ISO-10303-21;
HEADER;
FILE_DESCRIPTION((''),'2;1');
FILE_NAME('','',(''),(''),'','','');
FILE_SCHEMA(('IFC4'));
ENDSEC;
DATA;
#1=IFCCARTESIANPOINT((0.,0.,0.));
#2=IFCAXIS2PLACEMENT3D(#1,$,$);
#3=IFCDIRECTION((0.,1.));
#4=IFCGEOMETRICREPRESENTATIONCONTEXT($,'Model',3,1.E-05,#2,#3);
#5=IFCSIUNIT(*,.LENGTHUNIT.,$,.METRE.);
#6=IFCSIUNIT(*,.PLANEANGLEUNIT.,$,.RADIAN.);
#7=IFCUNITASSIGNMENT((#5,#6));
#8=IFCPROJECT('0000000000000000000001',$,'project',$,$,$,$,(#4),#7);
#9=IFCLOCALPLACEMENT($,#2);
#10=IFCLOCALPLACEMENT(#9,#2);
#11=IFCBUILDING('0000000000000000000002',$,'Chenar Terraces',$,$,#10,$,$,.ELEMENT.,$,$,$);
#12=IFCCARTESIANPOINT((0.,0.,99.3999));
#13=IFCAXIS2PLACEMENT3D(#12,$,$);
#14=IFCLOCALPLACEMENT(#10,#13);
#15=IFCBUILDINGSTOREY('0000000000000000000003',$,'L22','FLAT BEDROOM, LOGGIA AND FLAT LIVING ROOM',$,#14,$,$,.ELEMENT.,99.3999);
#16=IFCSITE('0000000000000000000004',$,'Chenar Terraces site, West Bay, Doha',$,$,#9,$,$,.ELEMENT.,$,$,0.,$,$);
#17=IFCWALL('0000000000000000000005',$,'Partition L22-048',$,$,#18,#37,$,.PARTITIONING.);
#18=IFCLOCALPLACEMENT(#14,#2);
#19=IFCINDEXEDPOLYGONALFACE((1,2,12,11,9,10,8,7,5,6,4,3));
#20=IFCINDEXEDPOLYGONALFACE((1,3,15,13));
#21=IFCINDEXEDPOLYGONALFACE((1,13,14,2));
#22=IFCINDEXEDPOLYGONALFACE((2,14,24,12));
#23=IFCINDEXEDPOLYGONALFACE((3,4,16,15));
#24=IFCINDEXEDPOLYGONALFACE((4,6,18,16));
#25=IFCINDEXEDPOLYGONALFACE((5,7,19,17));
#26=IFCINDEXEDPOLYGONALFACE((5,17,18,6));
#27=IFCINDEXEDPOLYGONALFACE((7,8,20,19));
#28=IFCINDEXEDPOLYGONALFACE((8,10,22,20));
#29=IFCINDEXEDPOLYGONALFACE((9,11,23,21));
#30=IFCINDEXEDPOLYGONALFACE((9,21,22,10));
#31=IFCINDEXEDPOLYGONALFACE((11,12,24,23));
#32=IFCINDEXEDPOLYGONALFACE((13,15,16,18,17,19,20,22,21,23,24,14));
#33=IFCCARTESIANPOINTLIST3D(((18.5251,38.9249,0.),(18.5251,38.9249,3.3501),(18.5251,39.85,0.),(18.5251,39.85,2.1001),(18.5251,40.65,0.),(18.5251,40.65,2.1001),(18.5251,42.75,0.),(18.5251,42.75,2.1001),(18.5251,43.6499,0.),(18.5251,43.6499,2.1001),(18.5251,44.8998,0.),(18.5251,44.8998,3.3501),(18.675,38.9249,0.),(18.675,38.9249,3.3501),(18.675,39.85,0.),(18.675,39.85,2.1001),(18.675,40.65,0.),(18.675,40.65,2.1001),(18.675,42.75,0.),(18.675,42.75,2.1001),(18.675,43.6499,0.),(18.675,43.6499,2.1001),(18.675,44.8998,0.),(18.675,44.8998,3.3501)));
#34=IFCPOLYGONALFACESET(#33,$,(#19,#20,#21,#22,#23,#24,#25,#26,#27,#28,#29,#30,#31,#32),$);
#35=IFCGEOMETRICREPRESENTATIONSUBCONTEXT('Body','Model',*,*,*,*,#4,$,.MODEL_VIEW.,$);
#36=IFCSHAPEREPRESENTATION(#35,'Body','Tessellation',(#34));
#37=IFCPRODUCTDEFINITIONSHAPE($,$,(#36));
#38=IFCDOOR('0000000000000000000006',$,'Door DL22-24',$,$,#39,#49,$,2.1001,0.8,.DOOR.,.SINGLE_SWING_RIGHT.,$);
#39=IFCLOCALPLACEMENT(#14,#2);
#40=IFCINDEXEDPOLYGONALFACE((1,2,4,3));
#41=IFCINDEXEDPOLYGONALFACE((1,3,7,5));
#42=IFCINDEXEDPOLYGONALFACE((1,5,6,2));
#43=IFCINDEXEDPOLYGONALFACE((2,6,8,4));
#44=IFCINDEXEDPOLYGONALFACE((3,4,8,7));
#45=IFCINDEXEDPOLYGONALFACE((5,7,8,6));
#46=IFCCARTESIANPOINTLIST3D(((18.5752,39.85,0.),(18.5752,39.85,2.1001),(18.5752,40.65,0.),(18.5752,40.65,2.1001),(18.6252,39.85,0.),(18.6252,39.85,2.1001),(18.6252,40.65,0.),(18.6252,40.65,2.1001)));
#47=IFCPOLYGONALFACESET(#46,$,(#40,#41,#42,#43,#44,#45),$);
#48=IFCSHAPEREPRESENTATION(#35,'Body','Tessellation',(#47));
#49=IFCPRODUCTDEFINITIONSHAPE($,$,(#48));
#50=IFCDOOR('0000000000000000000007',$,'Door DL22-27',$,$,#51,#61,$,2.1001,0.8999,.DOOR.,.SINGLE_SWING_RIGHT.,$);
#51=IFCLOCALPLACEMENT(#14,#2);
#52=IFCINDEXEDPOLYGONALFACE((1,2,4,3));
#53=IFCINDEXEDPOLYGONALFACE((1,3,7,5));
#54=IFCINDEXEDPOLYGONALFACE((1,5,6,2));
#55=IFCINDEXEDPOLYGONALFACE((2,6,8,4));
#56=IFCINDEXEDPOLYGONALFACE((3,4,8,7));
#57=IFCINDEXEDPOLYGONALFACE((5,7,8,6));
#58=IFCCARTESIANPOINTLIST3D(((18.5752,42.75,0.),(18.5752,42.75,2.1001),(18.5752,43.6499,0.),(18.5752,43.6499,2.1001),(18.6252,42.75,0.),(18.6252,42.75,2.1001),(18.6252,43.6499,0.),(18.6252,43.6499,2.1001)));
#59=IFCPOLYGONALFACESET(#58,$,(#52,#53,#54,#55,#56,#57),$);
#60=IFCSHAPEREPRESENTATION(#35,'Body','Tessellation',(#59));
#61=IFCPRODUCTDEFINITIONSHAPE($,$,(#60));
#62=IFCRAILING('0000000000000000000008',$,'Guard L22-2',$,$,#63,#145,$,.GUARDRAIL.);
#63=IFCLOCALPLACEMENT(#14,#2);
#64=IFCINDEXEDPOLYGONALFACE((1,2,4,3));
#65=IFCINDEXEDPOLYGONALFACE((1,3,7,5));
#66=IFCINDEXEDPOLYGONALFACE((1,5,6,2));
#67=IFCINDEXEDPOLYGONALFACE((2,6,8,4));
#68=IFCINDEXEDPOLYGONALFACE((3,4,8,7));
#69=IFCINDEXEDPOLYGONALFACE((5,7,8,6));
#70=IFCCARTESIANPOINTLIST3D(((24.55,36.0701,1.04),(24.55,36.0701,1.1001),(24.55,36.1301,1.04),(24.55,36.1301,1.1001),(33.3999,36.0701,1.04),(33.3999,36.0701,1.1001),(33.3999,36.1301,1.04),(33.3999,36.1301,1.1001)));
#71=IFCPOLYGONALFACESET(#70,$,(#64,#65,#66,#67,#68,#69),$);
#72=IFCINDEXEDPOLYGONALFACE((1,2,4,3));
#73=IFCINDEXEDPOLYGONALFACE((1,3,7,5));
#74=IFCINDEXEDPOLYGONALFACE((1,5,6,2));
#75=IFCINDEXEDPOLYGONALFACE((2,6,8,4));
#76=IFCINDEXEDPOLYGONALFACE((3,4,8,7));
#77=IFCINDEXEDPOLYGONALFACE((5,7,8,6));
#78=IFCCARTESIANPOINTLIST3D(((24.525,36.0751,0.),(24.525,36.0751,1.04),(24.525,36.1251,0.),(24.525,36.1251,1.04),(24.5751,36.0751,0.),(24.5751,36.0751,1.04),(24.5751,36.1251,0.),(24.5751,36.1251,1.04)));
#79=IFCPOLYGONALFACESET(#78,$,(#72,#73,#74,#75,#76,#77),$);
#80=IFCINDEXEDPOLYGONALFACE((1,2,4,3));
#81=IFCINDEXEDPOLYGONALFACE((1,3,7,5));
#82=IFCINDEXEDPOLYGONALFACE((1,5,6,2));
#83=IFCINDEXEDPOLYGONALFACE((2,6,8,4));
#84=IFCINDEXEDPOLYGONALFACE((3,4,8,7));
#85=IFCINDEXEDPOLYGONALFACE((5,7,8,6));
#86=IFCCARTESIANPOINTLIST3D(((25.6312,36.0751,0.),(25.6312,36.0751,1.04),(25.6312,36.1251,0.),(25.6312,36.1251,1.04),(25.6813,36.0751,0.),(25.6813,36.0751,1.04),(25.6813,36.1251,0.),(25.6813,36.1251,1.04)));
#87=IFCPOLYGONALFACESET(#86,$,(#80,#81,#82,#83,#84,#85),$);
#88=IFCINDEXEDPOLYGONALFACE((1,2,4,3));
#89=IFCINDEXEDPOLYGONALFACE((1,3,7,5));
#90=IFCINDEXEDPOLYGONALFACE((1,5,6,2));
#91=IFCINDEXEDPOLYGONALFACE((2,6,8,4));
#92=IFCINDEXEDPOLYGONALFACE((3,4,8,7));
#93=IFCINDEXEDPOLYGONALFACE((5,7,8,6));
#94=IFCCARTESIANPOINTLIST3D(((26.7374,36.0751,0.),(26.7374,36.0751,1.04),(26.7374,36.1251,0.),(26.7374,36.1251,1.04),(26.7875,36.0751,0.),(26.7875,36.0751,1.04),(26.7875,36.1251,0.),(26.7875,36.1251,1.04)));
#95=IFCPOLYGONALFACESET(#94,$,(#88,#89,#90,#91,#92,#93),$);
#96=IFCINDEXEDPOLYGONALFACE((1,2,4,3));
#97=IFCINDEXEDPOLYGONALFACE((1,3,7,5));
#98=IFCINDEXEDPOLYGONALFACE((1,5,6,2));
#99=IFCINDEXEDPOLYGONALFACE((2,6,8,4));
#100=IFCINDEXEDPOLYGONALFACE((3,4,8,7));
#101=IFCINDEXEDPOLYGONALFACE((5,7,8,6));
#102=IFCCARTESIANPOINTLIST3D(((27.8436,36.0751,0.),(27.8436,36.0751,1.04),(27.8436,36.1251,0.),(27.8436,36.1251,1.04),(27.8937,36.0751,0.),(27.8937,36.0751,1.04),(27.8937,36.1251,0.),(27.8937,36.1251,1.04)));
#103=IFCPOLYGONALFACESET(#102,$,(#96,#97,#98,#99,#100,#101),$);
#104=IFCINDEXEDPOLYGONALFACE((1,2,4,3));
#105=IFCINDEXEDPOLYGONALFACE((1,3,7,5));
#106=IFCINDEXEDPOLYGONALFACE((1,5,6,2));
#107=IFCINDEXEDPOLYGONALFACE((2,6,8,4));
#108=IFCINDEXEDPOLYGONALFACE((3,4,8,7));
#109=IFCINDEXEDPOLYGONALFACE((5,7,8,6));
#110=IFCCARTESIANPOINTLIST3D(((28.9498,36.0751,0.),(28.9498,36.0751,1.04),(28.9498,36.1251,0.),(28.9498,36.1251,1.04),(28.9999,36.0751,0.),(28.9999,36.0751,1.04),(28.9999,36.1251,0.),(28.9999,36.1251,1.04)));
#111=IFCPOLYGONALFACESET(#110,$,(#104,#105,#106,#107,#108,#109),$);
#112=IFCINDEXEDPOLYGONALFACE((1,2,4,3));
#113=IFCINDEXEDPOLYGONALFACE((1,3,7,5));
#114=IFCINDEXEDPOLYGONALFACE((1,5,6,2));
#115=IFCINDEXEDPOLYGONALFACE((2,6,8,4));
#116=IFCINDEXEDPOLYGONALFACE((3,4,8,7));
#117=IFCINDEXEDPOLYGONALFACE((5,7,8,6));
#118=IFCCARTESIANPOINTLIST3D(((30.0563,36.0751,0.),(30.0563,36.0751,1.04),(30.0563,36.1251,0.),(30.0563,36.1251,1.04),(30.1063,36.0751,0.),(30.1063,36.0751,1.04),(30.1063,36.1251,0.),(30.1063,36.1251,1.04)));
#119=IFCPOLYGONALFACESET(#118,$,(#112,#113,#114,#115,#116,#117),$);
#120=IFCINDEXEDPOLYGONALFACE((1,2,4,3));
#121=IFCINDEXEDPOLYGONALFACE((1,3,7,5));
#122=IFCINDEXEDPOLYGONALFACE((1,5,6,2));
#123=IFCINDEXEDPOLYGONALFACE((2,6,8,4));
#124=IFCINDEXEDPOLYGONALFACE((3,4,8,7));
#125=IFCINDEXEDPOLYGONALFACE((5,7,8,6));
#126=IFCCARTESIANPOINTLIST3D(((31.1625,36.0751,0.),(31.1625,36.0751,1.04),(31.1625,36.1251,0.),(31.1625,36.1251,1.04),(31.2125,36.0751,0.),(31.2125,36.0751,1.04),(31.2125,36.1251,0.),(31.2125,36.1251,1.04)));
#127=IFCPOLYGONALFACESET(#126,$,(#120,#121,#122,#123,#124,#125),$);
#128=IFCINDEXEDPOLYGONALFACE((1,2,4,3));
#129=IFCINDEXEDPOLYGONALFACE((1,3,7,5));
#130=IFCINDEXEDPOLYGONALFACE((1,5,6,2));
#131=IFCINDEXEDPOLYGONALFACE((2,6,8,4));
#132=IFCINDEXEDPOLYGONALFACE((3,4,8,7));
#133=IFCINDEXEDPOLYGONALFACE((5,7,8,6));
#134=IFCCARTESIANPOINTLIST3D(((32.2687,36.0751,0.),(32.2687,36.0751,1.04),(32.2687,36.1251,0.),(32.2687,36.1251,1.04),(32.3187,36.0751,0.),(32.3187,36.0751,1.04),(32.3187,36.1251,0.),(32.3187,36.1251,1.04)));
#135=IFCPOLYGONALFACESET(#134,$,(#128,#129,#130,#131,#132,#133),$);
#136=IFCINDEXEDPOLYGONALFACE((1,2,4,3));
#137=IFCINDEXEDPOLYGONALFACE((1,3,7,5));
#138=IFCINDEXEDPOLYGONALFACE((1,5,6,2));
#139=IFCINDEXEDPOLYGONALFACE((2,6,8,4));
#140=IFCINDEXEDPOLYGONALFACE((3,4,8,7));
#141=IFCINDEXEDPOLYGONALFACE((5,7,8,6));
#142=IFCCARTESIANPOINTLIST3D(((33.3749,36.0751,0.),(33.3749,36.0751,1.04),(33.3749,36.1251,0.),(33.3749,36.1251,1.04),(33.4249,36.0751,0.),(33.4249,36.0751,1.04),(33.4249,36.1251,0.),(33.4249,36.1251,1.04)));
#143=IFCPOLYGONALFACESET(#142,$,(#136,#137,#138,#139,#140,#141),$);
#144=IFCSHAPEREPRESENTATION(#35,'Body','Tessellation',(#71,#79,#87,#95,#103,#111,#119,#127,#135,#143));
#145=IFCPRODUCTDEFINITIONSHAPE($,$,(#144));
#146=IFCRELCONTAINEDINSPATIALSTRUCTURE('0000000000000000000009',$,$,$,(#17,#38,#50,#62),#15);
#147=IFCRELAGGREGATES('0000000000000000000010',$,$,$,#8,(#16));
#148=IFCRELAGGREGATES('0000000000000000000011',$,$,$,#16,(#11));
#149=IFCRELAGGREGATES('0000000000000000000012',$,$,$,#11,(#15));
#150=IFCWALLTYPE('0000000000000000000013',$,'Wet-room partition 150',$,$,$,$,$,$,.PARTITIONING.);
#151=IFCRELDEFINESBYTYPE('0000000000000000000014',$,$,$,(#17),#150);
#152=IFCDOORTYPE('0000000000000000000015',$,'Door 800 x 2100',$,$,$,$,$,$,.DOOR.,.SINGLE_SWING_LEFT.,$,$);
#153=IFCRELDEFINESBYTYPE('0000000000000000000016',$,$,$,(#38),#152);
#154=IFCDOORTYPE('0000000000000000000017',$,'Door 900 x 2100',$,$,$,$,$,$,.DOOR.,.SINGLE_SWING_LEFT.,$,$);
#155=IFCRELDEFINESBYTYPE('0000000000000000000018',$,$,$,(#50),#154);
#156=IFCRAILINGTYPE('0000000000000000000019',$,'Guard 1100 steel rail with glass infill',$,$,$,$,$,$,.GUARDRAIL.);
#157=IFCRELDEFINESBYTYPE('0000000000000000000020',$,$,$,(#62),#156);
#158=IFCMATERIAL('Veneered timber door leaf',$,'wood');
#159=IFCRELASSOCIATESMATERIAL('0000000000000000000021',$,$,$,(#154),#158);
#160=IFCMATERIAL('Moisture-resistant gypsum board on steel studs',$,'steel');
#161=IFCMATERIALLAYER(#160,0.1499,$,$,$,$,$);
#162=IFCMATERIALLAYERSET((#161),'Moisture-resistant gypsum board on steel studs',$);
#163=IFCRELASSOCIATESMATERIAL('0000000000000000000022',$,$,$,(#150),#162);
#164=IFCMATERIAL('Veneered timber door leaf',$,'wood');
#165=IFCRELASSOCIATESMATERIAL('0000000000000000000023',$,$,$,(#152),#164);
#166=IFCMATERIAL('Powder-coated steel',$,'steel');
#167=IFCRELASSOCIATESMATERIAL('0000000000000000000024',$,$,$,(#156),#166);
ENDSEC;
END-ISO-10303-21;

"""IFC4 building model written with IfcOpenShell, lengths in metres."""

from ifc_helpers import new_model, si_unit, direction, frame, frame_2d, origin, origin_2d, place, context, subcontext, project, spatial, rectangle, extrude, material, layer, layer_set, type_object, element, fill, save


model = new_model("IFC4")

# Units and contexts
model_context = context("Model", 3, precision=1e-05, world=origin(), true_north=direction((0.0, 1.0)))
body_context = subcontext(model_context, "Body", "Model", "MODEL_VIEW")
ifc_project = project(units=[si_unit("LENGTHUNIT", "METRE"), si_unit("PLANEANGLEUNIT", "RADIAN")], contexts=[model_context])

# Site, building, storey
site_placement = place(None, origin())
site = spatial("IfcSite", under=ifc_project, at=site_placement, Name="Chenar Terraces site, West Bay, Doha", CompositionType="ELEMENT", RefElevation=0.0)
building_placement = place(site_placement, origin())
building = spatial("IfcBuilding", under=site, at=building_placement, Name="Chenar Terraces", CompositionType="ELEMENT")
storey_placement = place(building_placement, frame((0.0, 0.0, 99.3999)))
storey = spatial("IfcBuildingStorey", under=building, at=storey_placement, Name="L22", Description="FLAT BEDROOM, LOGGIA AND FLAT LIVING ROOM", CompositionType="ELEMENT", Elevation=99.3999)

# Shared definitions
ifc_material_1 = material(Name="Veneered timber door leaf", Category="wood")
door_type_1 = type_object("IfcDoorType", Name="Door 900 x 2100", OperationType="SINGLE_SWING_LEFT", PredefinedType="DOOR", material=ifc_material_1)

# Shared definitions
ifc_material_2 = material(Name="Moisture-resistant gypsum board on steel studs", Category="steel")
ifc_layer_1 = layer(ifc_material_2, 0.1499)
ifc_layer_set_1 = layer_set([ifc_layer_1], Name="Moisture-resistant gypsum board on steel studs")
wall_type_1 = type_object("IfcWallType", Name="Wet-room partition 150", PredefinedType="PARTITIONING", material=ifc_layer_set_1)

# Wall, openings, doors
wall_1_placement = place(storey_placement, frame((18.6001, 38.925, 0.0), z_axis=(0.0, 0.0, 1.0), x_axis=(0.0, 1.0, 0.0)))
wall_1 = element("IfcWall", 1, at=wall_1_placement, inside=storey, type_object=wall_type_1, Name="Partition L22-048", PredefinedType="PARTITIONING", context=body_context, shape_type="SweptSolid", body=[
    extrude(rectangle(XDim=5.9749, YDim=0.1499, at=frame_2d((2.9873, 0.0))), origin(), (0.0, 0.0, 1.0), 3.3501),
])
opening_1_placement = place(wall_1_placement, frame((0.925, 0.0, 0.0)))
opening_1 = element("IfcOpeningElement", 2, at=opening_1_placement, cuts=wall_1, PredefinedType="OPENING", context=body_context, shape_type="SweptSolid", body=[
    extrude(rectangle(XDim=0.8, YDim=2.1001, at=frame_2d((0.3999, 1.05))), frame((0.0, 0.085, 0.0), z_axis=(0.0, -1.0, 0.0), x_axis=(1.0, 0.0, 0.0)), (0.0, 0.0, 1.0), 0.1699),
])
opening_2_placement = place(wall_1_placement, frame((3.825, 0.0, 0.0)))
opening_2 = element("IfcOpeningElement", 3, at=opening_2_placement, cuts=wall_1, PredefinedType="OPENING", context=body_context, shape_type="SweptSolid", body=[
    extrude(rectangle(XDim=0.8999, YDim=2.1001, at=frame_2d((0.45, 1.05))), frame((0.0, 0.085, 0.0), z_axis=(0.0, -1.0, 0.0), x_axis=(1.0, 0.0, 0.0)), (0.0, 0.0, 1.0), 0.1699),
])
ifc_material_3 = material(Name="Veneered timber door leaf", Category="wood")
door_type_2 = type_object("IfcDoorType", Name="Door 800 x 2100", OperationType="SINGLE_SWING_LEFT", PredefinedType="DOOR", material=ifc_material_3)
door_1_placement = place(opening_1_placement, origin())
door_1 = element("IfcDoor", 4, at=door_1_placement, inside=storey, type_object=door_type_2, Name="Door DL22-24", OperationType="SINGLE_SWING_RIGHT", OverallHeight=2.1001, OverallWidth=0.8, PredefinedType="DOOR", context=body_context, shape_type="SweptSolid", body=[
    extrude(rectangle(XDim=0.8, YDim=2.1001, at=frame_2d((0.3999, 1.05))), frame((0.0, 0.0249, 0.0), z_axis=(0.0, -1.0, 0.0), x_axis=(1.0, 0.0, 0.0)), (0.0, 0.0, 1.0), 0.05),
])
fill(opening_1, door_1)
door_2_placement = place(opening_2_placement, origin())
door_2 = element("IfcDoor", 5, at=door_2_placement, inside=storey, type_object=door_type_1, Name="Door DL22-27", OperationType="SINGLE_SWING_RIGHT", OverallHeight=2.1001, OverallWidth=0.8999, PredefinedType="DOOR", context=body_context, shape_type="SweptSolid", body=[
    extrude(rectangle(XDim=0.8999, YDim=2.1001, at=frame_2d((0.45, 1.05))), frame((0.0, 0.0249, 0.0), z_axis=(0.0, -1.0, 0.0), x_axis=(1.0, 0.0, 0.0)), (0.0, 0.0, 1.0), 0.05),
])
fill(opening_2, door_2)

# Railing
ifc_material_4 = material(Name="Powder-coated steel", Category="steel")
railing_type_1 = type_object("IfcRailingType", Name="Guard 1100 steel rail with glass infill", PredefinedType="GUARDRAIL", material=ifc_material_4)
railing_1_placement = place(storey_placement, frame((24.55, 36.1001, 0.0)))
element("IfcRailing", 6, at=railing_1_placement, inside=storey, type_object=railing_type_1, Name="Guard L22-2", PredefinedType="GUARDRAIL", context=body_context, shape_type="SweptSolid", body=[
    extrude(rectangle(XDim=0.0601, YDim=0.0601, at=origin_2d()), frame((0.0, 0.0, 1.0701), z_axis=(1.0, 0.0, 0.0), x_axis=(0.0, 1.0, 0.0)), (0.0, 0.0, 1.0), 8.8499),
    extrude(rectangle(XDim=0.05, YDim=0.05, at=origin_2d()), origin(), (0.0, 0.0, 1.0), 1.04),
    extrude(rectangle(XDim=0.05, YDim=0.05, at=origin_2d()), frame((1.1062, 0.0, 0.0)), (0.0, 0.0, 1.0), 1.04),
    extrude(rectangle(XDim=0.05, YDim=0.05, at=origin_2d()), frame((2.2124, 0.0, 0.0)), (0.0, 0.0, 1.0), 1.04),
    extrude(rectangle(XDim=0.05, YDim=0.05, at=origin_2d()), frame((3.3186, 0.0, 0.0)), (0.0, 0.0, 1.0), 1.04),
    extrude(rectangle(XDim=0.05, YDim=0.05, at=origin_2d()), frame((4.4248, 0.0, 0.0)), (0.0, 0.0, 1.0), 1.04),
    extrude(rectangle(XDim=0.05, YDim=0.05, at=origin_2d()), frame((5.5312, 0.0, 0.0)), (0.0, 0.0, 1.0), 1.04),
    extrude(rectangle(XDim=0.05, YDim=0.05, at=origin_2d()), frame((6.6375, 0.0, 0.0)), (0.0, 0.0, 1.0), 1.04),
    extrude(rectangle(XDim=0.05, YDim=0.05, at=origin_2d()), frame((7.7437, 0.0, 0.0)), (0.0, 0.0, 1.0), 1.04),
    extrude(rectangle(XDim=0.05, YDim=0.05, at=origin_2d()), frame((8.8499, 0.0, 0.0)), (0.0, 0.0, 1.0), 1.04),
])

save(model, "model.ifc")
